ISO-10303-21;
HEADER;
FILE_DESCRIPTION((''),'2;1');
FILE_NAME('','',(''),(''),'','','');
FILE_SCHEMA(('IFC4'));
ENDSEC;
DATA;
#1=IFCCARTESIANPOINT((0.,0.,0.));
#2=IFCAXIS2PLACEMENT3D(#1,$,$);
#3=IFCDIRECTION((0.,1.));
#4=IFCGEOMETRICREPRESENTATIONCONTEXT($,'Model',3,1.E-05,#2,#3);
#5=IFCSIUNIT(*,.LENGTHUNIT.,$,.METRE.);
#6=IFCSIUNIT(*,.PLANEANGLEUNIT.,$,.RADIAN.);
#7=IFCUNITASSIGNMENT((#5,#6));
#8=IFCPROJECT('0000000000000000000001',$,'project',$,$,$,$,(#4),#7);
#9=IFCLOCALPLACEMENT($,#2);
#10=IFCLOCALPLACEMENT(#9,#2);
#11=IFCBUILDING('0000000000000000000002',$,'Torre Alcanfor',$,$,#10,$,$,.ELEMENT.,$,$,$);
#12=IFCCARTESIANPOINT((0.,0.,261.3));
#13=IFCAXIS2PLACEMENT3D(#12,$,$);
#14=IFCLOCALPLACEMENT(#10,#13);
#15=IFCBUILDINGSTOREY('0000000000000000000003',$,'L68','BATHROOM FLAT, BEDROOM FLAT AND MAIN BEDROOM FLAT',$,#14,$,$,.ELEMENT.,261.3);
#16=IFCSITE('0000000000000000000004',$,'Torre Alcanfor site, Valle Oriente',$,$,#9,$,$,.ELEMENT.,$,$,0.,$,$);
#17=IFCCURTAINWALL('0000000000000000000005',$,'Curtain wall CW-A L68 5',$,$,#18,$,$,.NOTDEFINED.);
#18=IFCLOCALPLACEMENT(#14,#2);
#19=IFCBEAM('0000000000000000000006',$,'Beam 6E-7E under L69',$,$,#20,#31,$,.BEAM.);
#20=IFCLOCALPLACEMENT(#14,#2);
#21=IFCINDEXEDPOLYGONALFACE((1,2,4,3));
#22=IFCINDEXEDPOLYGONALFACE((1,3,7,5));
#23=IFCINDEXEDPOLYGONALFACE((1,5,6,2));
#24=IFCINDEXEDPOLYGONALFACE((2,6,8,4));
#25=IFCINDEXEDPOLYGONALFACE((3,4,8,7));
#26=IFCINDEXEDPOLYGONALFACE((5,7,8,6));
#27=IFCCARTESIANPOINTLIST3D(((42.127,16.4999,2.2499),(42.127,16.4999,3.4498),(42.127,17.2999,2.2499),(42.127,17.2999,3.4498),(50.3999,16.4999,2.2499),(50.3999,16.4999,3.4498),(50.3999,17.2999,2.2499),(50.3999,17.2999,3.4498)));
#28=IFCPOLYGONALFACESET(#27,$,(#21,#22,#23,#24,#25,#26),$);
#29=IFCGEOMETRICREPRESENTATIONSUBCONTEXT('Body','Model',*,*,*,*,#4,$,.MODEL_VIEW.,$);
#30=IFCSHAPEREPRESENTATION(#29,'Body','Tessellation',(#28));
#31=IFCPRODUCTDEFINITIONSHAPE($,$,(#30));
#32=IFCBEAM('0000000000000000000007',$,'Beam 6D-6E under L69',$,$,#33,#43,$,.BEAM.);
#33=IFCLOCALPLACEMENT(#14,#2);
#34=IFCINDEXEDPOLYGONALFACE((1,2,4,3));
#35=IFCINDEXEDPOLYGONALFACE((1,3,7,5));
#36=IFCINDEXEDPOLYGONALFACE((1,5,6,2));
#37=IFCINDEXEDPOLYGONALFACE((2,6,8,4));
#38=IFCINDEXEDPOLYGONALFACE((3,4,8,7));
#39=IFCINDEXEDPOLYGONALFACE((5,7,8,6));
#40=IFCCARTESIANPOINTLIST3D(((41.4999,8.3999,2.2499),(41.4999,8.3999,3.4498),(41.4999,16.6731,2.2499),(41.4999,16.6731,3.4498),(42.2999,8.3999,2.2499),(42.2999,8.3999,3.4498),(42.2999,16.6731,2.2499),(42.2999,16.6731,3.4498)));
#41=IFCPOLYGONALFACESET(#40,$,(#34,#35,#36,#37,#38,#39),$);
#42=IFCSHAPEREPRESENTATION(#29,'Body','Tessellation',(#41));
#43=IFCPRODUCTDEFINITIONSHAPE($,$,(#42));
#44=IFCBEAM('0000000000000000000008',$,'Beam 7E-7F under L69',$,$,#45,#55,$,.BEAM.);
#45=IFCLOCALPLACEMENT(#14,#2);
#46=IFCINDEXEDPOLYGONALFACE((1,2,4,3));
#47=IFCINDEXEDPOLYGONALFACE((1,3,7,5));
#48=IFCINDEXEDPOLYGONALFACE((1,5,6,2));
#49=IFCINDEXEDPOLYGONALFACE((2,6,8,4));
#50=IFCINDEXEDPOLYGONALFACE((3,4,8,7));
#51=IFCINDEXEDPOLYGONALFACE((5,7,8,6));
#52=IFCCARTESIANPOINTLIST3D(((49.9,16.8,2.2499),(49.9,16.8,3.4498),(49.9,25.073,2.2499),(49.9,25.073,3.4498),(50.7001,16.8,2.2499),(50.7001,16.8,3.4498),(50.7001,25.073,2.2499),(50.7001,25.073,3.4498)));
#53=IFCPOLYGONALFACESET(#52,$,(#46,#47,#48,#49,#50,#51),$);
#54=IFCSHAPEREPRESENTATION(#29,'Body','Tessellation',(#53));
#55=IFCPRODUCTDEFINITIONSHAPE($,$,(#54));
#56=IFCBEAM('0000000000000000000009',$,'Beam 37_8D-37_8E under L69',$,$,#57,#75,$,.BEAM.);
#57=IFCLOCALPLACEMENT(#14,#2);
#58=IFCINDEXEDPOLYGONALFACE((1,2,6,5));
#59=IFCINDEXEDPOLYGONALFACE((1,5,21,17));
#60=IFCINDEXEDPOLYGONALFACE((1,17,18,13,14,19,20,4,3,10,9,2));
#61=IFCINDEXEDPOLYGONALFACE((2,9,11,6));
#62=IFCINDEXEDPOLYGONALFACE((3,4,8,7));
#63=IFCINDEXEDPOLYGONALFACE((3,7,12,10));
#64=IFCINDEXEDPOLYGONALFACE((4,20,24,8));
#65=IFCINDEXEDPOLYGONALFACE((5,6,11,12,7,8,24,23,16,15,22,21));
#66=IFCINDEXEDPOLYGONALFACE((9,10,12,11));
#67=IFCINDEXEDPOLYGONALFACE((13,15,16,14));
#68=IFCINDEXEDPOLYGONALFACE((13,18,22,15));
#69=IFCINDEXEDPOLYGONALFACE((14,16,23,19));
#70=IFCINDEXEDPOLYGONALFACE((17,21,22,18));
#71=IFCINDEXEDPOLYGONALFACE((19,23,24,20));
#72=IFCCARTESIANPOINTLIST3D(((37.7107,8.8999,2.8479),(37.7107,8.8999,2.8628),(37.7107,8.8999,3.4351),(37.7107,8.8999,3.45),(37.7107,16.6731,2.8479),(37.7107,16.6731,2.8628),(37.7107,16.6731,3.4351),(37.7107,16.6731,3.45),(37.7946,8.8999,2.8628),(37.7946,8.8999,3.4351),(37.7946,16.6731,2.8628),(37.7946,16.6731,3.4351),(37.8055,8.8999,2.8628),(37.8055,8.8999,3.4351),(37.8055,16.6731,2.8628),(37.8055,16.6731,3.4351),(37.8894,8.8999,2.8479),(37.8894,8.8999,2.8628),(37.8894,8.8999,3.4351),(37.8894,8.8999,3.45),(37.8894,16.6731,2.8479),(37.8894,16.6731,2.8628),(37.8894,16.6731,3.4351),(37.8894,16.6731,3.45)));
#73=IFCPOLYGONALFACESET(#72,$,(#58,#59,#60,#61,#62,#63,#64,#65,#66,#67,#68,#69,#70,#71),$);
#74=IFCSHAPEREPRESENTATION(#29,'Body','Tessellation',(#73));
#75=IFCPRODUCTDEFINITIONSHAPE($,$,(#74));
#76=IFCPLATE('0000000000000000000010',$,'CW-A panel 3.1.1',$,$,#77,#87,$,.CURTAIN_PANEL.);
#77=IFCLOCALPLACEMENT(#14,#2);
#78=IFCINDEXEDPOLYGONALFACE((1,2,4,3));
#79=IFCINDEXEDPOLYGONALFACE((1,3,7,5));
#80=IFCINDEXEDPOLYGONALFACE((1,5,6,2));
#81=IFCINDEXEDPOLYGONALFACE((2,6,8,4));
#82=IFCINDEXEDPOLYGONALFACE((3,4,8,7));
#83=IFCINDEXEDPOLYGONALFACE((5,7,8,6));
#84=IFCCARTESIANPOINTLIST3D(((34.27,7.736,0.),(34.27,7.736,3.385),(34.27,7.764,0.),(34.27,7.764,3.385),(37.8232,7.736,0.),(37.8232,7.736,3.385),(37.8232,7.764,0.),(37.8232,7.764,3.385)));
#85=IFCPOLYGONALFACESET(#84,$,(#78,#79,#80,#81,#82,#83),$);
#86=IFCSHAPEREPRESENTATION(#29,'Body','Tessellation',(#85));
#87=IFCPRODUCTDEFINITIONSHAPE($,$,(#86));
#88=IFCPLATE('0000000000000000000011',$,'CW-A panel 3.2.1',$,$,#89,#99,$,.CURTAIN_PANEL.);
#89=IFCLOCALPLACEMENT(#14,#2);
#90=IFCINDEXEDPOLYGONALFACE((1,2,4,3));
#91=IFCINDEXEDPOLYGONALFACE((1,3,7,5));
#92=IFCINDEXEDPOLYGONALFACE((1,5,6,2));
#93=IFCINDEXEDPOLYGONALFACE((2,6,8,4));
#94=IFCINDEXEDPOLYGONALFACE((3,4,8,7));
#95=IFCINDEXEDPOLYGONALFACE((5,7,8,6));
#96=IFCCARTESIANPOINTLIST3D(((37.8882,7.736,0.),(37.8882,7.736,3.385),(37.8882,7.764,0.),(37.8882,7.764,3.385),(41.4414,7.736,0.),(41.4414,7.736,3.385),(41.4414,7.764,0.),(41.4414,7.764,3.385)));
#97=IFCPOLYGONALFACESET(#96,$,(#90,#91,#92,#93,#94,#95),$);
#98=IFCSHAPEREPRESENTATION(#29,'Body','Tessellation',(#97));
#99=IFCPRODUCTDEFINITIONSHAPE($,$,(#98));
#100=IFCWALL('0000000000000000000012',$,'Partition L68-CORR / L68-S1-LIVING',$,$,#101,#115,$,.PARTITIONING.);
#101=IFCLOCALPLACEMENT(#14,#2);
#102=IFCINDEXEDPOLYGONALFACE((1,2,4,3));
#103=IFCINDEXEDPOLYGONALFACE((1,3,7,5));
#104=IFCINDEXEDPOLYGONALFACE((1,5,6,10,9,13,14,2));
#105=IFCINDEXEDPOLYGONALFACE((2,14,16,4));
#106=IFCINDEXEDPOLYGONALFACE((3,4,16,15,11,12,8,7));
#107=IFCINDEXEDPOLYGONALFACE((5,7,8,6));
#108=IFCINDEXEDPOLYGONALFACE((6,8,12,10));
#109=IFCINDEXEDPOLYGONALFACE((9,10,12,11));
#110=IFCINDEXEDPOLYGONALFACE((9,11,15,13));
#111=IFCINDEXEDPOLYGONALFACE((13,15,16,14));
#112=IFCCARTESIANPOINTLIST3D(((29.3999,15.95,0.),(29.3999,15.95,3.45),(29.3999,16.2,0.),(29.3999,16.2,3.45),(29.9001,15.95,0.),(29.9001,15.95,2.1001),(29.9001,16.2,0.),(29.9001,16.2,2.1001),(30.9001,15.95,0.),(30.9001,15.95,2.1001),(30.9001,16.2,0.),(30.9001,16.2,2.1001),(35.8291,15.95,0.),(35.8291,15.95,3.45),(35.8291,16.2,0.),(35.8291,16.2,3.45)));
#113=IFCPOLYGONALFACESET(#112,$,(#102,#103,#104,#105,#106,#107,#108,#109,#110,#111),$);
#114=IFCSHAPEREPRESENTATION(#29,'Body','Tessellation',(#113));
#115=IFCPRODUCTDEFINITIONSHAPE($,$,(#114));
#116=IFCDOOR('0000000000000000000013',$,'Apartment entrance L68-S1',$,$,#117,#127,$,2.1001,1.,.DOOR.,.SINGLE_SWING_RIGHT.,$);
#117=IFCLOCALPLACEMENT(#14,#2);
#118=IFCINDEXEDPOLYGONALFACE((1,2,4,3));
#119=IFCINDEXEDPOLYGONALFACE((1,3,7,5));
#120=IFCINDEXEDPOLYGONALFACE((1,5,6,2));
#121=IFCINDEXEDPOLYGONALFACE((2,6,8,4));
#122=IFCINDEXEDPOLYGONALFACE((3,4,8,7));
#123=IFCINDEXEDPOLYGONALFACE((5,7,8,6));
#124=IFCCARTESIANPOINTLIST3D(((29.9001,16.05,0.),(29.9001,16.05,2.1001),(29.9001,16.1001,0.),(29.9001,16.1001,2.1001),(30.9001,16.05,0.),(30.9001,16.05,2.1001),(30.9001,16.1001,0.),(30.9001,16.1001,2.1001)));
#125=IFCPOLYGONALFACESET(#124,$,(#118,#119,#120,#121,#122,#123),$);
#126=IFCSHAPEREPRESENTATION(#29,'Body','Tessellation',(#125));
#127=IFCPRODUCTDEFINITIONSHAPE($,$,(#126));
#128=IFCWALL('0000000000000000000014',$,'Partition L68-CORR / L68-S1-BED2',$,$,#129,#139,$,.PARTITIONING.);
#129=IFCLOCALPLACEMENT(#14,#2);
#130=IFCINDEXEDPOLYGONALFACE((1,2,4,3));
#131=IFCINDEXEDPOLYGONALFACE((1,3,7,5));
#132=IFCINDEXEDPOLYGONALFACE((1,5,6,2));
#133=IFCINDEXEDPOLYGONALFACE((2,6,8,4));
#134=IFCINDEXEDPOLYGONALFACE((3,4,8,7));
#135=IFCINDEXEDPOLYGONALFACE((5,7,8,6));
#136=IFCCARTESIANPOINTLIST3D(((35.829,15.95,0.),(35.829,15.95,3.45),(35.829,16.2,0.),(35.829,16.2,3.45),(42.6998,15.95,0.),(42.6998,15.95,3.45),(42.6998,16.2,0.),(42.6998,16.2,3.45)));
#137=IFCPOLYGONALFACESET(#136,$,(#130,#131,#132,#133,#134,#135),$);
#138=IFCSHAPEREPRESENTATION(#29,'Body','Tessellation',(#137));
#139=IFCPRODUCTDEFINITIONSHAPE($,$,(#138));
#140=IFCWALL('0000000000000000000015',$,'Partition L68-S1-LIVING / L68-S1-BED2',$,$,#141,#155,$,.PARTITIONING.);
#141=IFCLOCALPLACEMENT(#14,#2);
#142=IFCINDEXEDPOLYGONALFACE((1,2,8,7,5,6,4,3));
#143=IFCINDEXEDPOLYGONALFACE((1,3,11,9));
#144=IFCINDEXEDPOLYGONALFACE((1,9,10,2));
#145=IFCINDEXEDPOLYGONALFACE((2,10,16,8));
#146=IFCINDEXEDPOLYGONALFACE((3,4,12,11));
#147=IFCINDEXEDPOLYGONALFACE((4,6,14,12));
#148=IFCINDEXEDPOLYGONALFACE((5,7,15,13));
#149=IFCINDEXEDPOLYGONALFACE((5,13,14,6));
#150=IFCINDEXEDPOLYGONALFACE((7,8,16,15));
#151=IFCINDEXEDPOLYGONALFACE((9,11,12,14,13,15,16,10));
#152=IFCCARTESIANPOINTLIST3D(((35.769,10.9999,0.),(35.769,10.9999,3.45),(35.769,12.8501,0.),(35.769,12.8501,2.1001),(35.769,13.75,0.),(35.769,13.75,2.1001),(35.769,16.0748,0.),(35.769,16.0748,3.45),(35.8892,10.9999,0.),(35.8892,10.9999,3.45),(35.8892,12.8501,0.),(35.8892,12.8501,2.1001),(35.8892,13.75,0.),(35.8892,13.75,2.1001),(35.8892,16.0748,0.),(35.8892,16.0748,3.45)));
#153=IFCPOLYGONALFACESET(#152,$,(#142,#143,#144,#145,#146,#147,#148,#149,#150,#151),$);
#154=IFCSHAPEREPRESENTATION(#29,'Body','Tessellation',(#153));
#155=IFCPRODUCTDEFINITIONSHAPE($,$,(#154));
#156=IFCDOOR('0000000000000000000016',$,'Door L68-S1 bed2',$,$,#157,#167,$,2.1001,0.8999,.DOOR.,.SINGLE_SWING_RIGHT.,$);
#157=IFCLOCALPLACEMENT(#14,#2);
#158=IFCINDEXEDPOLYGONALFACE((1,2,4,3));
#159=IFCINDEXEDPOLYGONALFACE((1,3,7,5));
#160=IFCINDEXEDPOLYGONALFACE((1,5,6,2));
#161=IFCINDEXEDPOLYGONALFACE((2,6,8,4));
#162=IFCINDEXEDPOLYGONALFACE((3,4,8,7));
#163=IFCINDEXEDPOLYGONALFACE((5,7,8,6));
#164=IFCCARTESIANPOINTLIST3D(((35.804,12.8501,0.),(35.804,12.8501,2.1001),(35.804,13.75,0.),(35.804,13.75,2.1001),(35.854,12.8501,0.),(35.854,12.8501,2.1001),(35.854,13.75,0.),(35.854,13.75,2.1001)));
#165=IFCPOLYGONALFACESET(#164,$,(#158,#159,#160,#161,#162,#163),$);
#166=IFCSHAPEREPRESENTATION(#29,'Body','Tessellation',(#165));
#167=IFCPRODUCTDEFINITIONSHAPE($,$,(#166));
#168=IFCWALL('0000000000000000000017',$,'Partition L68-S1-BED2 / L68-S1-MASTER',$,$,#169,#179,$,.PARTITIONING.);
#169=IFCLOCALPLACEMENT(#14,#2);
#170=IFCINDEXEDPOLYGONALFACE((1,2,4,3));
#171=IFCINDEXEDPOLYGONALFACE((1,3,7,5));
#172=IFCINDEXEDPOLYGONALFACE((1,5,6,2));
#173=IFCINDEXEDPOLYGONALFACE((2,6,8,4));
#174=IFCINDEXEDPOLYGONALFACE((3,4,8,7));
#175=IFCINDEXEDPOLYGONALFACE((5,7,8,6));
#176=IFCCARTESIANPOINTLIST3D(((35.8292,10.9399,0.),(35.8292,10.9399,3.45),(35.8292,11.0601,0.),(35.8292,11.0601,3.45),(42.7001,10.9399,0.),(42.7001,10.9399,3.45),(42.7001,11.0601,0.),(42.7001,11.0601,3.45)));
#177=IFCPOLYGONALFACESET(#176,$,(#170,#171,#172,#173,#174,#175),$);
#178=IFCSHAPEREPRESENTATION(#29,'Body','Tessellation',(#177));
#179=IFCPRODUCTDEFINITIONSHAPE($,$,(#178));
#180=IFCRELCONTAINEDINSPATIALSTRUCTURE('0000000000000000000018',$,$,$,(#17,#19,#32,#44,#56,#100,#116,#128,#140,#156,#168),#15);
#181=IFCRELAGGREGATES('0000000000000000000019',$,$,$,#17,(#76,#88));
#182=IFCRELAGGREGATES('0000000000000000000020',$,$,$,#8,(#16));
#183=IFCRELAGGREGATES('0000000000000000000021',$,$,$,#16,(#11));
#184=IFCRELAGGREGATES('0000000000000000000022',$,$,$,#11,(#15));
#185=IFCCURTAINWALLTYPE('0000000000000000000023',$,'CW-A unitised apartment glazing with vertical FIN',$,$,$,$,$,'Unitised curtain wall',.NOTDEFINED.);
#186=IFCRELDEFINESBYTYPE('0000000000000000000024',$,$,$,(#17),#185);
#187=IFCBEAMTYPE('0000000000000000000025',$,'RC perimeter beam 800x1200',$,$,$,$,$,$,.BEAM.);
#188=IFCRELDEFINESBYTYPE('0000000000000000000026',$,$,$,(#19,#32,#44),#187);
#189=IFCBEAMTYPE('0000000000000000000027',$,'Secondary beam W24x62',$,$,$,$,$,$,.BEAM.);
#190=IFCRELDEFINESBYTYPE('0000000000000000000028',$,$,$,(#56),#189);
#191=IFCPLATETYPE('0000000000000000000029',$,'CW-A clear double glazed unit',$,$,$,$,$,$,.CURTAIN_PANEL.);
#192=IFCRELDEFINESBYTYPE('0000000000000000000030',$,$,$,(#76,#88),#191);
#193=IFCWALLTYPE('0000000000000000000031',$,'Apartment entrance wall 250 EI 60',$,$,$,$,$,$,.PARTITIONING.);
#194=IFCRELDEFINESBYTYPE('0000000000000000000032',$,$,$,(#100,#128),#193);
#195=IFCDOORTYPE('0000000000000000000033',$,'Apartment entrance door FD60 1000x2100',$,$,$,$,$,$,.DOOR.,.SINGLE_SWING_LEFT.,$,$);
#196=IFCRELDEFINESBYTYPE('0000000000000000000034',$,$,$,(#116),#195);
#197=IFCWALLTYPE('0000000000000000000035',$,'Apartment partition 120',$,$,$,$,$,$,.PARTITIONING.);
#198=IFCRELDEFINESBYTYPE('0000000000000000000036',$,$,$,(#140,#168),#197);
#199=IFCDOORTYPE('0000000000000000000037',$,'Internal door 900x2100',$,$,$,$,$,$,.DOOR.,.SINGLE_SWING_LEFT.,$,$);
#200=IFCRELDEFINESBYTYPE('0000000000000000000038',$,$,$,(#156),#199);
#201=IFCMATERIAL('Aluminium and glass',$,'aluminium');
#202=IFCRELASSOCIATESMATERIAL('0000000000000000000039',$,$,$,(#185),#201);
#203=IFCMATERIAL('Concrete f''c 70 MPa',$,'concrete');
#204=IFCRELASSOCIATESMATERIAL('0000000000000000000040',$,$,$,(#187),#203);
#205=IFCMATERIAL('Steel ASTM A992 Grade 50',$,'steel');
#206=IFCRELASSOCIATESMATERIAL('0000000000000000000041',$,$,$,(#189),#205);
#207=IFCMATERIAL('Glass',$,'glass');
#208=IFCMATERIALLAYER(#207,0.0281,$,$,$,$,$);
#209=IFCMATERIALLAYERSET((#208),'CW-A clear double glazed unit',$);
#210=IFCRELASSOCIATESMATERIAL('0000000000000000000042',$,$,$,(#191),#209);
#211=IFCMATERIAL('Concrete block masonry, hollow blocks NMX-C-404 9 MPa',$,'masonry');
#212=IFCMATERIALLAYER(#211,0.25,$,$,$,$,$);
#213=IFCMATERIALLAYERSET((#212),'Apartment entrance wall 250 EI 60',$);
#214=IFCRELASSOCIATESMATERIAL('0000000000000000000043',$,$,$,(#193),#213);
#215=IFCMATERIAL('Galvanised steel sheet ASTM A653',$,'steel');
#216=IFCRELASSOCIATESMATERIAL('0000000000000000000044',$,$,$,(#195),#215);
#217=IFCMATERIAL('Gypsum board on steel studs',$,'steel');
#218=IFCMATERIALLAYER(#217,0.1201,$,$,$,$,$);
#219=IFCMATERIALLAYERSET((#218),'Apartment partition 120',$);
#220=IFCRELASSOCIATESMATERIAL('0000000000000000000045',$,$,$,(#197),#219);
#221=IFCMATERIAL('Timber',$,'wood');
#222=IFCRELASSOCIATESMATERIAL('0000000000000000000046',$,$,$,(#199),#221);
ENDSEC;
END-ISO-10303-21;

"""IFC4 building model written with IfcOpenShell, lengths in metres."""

from ifc_helpers import new_model, si_unit, direction, frame, frame_2d, origin, origin_2d, place, context, subcontext, project, spatial, rectangle, i_section, extrude, material, layer, layer_set, material_profile, profile_set, type_object, element, fill, aggregate, save


model = new_model("IFC4")

# Units and contexts
model_context = context("Model", 3, precision=1e-05, world=origin(), true_north=direction((0.0, 1.0)))
body_context = subcontext(model_context, "Body", "Model", "MODEL_VIEW")
ifc_project = project(units=[si_unit("LENGTHUNIT", "METRE"), si_unit("PLANEANGLEUNIT", "RADIAN")], contexts=[model_context])

# Site, building, storey
site_placement = place(None, origin())
site = spatial("IfcSite", under=ifc_project, at=site_placement, Name="Torre Alcanfor site, Valle Oriente", CompositionType="ELEMENT", RefElevation=0.0)
building_placement = place(site_placement, origin())
building = spatial("IfcBuilding", under=site, at=building_placement, Name="Torre Alcanfor", CompositionType="ELEMENT")
storey_placement = place(building_placement, frame((0.0, 0.0, 261.3)))
storey = spatial("IfcBuildingStorey", under=building, at=storey_placement, Name="L68", Description="BATHROOM FLAT, BEDROOM FLAT AND MAIN BEDROOM FLAT", CompositionType="ELEMENT", Elevation=261.3)

# Curtain wall
ifc_material_1 = material(Name="Aluminium and glass", Category="aluminium")
curtain_wall_type = type_object("IfcCurtainWallType", Name="CW-A unitised apartment glazing with vertical FIN", ElementType="Unitised curtain wall", PredefinedType="NOTDEFINED", material=ifc_material_1)
curtain_wall_placement = place(storey_placement, origin())
curtain_wall = element("IfcCurtainWall", 1, at=curtain_wall_placement, inside=storey, type_object=curtain_wall_type, Name="Curtain wall CW-A L68 5", PredefinedType="NOTDEFINED")

# Beams
ifc_material_2 = material(Name="Concrete f'c 70 MPa", Category="concrete")
ifc_material_profile_1 = material_profile(ifc_material_2, rectangle(XDim=0.8, YDim=1.2, at=origin_2d()), Name="800x1200")
ifc_profile_set_1 = profile_set([ifc_material_profile_1], Name="Concrete f'c 70 MPa")
beam_type_1 = type_object("IfcBeamType", Name="RC perimeter beam 800x1200", PredefinedType="BEAM", material=ifc_profile_set_1)
beam_1_placement = place(storey_placement, frame((42.127, 16.8999, 2.8499), z_axis=(1.0, 0.0, 0.0), x_axis=(0.0, 1.0, 0.0)))
element("IfcBeam", 2, at=beam_1_placement, inside=storey, type_object=beam_type_1, Name="Beam 6E-7E under L69", PredefinedType="BEAM", context=body_context, shape_type="SweptSolid", body=[
    extrude(rectangle(XDim=0.8, YDim=1.2, at=origin_2d()), origin(), (0.0, 0.0, 1.0), 8.2729),
])
beam_2_placement = place(storey_placement, frame((41.8999, 8.3999, 2.8499), z_axis=(0.0, 1.0, 0.0), x_axis=(-1.0, 0.0, 0.0)))
element("IfcBeam", 3, at=beam_2_placement, inside=storey, type_object=beam_type_1, Name="Beam 6D-6E under L69", PredefinedType="BEAM", context=body_context, shape_type="SweptSolid", body=[
    extrude(rectangle(XDim=0.8, YDim=1.2, at=origin_2d()), origin(), (0.0, 0.0, 1.0), 8.2732),
])
beam_3_placement = place(storey_placement, frame((50.3, 16.8, 2.8499), z_axis=(0.0, 1.0, 0.0), x_axis=(-1.0, 0.0, 0.0)))
element("IfcBeam", 4, at=beam_3_placement, inside=storey, type_object=beam_type_1, Name="Beam 7E-7F under L69", PredefinedType="BEAM", context=body_context, shape_type="SweptSolid", body=[
    extrude(rectangle(XDim=0.8, YDim=1.2, at=origin_2d()), origin(), (0.0, 0.0, 1.0), 8.2729),
])
ifc_material_3 = material(Name="Steel ASTM A992 Grade 50", Category="steel")
ifc_material_profile_2 = material_profile(ifc_material_3, i_section(OverallWidth=0.1787, OverallDepth=0.6021, WebThickness=0.011, FlangeThickness=0.0149, at=origin_2d()), Name="W24x62")
ifc_profile_set_2 = profile_set([ifc_material_profile_2], Name="Steel ASTM A992 Grade 50")
beam_type_2 = type_object("IfcBeamType", Name="Secondary beam W24x62", PredefinedType="BEAM", material=ifc_profile_set_2)
beam_4_placement = place(storey_placement, frame((37.8, 8.8999, 3.1489), z_axis=(0.0, 1.0, 0.0), x_axis=(-1.0, 0.0, 0.0)))
element("IfcBeam", 5, at=beam_4_placement, inside=storey, type_object=beam_type_2, Name="Beam 37_8D-37_8E under L69", PredefinedType="BEAM", context=body_context, shape_type="SweptSolid", body=[
    extrude(i_section(OverallWidth=0.1787, OverallDepth=0.6021, WebThickness=0.011, FlangeThickness=0.0149, at=origin_2d()), origin(), (0.0, 0.0, 1.0), 7.7732),
])

# Plates
ifc_material_4 = material(Name="Glass", Category="glass")
ifc_layer_1 = layer(ifc_material_4, 0.0281)
ifc_layer_set_1 = layer_set([ifc_layer_1], Name="CW-A clear double glazed unit")
plate_type = type_object("IfcPlateType", Name="CW-A clear double glazed unit", PredefinedType="CURTAIN_PANEL", material=ifc_layer_set_1)
plate_1_placement = place(storey_placement, frame((36.0466, 7.75, 0.0), z_axis=(0.0, 0.0, 1.0), x_axis=(1.0, 0.0, 0.0)))
plate_1 = element("IfcPlate", 6, at=plate_1_placement, type_object=plate_type, Name="CW-A panel 3.1.1", PredefinedType="CURTAIN_PANEL", context=body_context, shape_type="SweptSolid", body=[
    extrude(rectangle(XDim=3.5532, YDim=0.0281, at=origin_2d()), origin(), (0.0, 0.0, 1.0), 3.385),
])
plate_2_placement = place(storey_placement, frame((39.6648, 7.75, 0.0), z_axis=(0.0, 0.0, 1.0), x_axis=(1.0, 0.0, 0.0)))
plate_2 = element("IfcPlate", 7, at=plate_2_placement, type_object=plate_type, Name="CW-A panel 3.2.1", PredefinedType="CURTAIN_PANEL", context=body_context, shape_type="SweptSolid", body=[
    extrude(rectangle(XDim=3.5532, YDim=0.0281, at=origin_2d()), origin(), (0.0, 0.0, 1.0), 3.385),
])
aggregate(curtain_wall, [plate_1, plate_2])

# Wall, opening, door
ifc_material_5 = material(Name="Concrete block masonry, hollow blocks NMX-C-404 9 MPa", Category="masonry")
ifc_layer_2 = layer(ifc_material_5, 0.25)
ifc_layer_set_2 = layer_set([ifc_layer_2], Name="Apartment entrance wall 250 EI 60")
wall_type_1 = type_object("IfcWallType", Name="Apartment entrance wall 250 EI 60", PredefinedType="PARTITIONING", material=ifc_layer_set_2)
wall_1_placement = place(storey_placement, frame((35.8291, 16.075, 0.0), z_axis=(0.0, 0.0, 1.0), x_axis=(-1.0, 0.0, 0.0)))
wall_1 = element("IfcWall", 8, at=wall_1_placement, inside=storey, type_object=wall_type_1, Name="Partition L68-CORR / L68-S1-LIVING", PredefinedType="PARTITIONING", context=body_context, shape_type="SweptSolid", body=[
    extrude(rectangle(XDim=6.4292, YDim=0.25, at=frame_2d((3.2146, 0.0))), origin(), (0.0, 0.0, 1.0), 3.45),
])
opening_1_placement = place(wall_1_placement, frame((4.929, 0.0, 0.0)))
opening_1 = element("IfcOpeningElement", 9, at=opening_1_placement, cuts=wall_1, PredefinedType="OPENING", context=body_context, shape_type="SweptSolid", body=[
    extrude(rectangle(XDim=1.0, YDim=2.1001, at=frame_2d((0.5, 1.05))), frame((0.0, 0.135, 0.0), z_axis=(0.0, -1.0, 0.0), x_axis=(1.0, 0.0, 0.0)), (0.0, 0.0, 1.0), 0.27),
])
ifc_material_6 = material(Name="Galvanised steel sheet ASTM A653", Category="steel")
door_type_1 = type_object("IfcDoorType", Name="Apartment entrance door FD60 1000x2100", OperationType="SINGLE_SWING_LEFT", PredefinedType="DOOR", material=ifc_material_6)
door_1_placement = place(opening_1_placement, origin())
door_1 = element("IfcDoor", 10, at=door_1_placement, inside=storey, type_object=door_type_1, Name="Apartment entrance L68-S1", OperationType="SINGLE_SWING_RIGHT", OverallHeight=2.1001, OverallWidth=1.0, PredefinedType="DOOR", context=body_context, shape_type="SweptSolid", body=[
    extrude(rectangle(XDim=1.0, YDim=2.1001, at=frame_2d((0.5, 1.05))), frame((0.0, 0.0249, 0.0), z_axis=(0.0, -1.0, 0.0), x_axis=(1.0, 0.0, 0.0)), (0.0, 0.0, 1.0), 0.05),
])
fill(opening_1, door_1)

# Wall
wall_2_placement = place(storey_placement, frame((42.7, 16.075, 0.0), z_axis=(0.0, 0.0, 1.0), x_axis=(-1.0, 0.0, 0.0)))
element("IfcWall", 11, at=wall_2_placement, inside=storey, type_object=wall_type_1, Name="Partition L68-CORR / L68-S1-BED2", PredefinedType="PARTITIONING", context=body_context, shape_type="SweptSolid", body=[
    extrude(rectangle(XDim=6.8708, YDim=0.25, at=frame_2d((3.4355, 0.0))), origin(), (0.0, 0.0, 1.0), 3.45),
])

# Wall, opening, door
ifc_material_7 = material(Name="Gypsum board on steel studs", Category="steel")
ifc_layer_3 = layer(ifc_material_7, 0.1201)
ifc_layer_set_3 = layer_set([ifc_layer_3], Name="Apartment partition 120")
wall_type_2 = type_object("IfcWallType", Name="Apartment partition 120", PredefinedType="PARTITIONING", material=ifc_layer_set_3)
wall_3_placement = place(storey_placement, frame((35.8291, 16.075, 0.0), z_axis=(0.0, 0.0, 1.0), x_axis=(0.0, -1.0, 0.0)))
wall_3 = element("IfcWall", 12, at=wall_3_placement, inside=storey, type_object=wall_type_2, Name="Partition L68-S1-LIVING / L68-S1-BED2", PredefinedType="PARTITIONING", context=body_context, shape_type="SweptSolid", body=[
    extrude(rectangle(XDim=5.075, YDim=0.1201, at=frame_2d((2.5376, 0.0))), origin(), (0.0, 0.0, 1.0), 3.45),
])
opening_2_placement = place(wall_3_placement, frame((2.325, 0.0, 0.0)))
opening_2 = element("IfcOpeningElement", 13, at=opening_2_placement, cuts=wall_3, PredefinedType="OPENING", context=body_context, shape_type="SweptSolid", body=[
    extrude(rectangle(XDim=0.8999, YDim=2.1001, at=frame_2d((0.45, 1.05))), frame((0.0, 0.0701, 0.0), z_axis=(0.0, -1.0, 0.0), x_axis=(1.0, 0.0, 0.0)), (0.0, 0.0, 1.0), 0.1401),
])
ifc_material_8 = material(Name="Timber", Category="wood")
door_type_2 = type_object("IfcDoorType", Name="Internal door 900x2100", OperationType="SINGLE_SWING_LEFT", PredefinedType="DOOR", material=ifc_material_8)
door_2_placement = place(opening_2_placement, origin())
door_2 = element("IfcDoor", 14, at=door_2_placement, inside=storey, type_object=door_type_2, Name="Door L68-S1 bed2", OperationType="SINGLE_SWING_RIGHT", OverallHeight=2.1001, OverallWidth=0.8999, PredefinedType="DOOR", context=body_context, shape_type="SweptSolid", body=[
    extrude(rectangle(XDim=0.8999, YDim=2.1001, at=frame_2d((0.45, 1.05))), frame((0.0, 0.0249, 0.0), z_axis=(0.0, -1.0, 0.0), x_axis=(1.0, 0.0, 0.0)), (0.0, 0.0, 1.0), 0.05),
])
fill(opening_2, door_2)

# Wall
wall_4_placement = place(storey_placement, frame((35.8291, 11.0, 0.0), z_axis=(0.0, 0.0, 1.0), x_axis=(1.0, 0.0, 0.0)))
element("IfcWall", 15, at=wall_4_placement, inside=storey, type_object=wall_type_2, Name="Partition L68-S1-BED2 / L68-S1-MASTER", PredefinedType="PARTITIONING", context=body_context, shape_type="SweptSolid", body=[
    extrude(rectangle(XDim=6.8708, YDim=0.1201, at=frame_2d((3.4355, 0.0))), origin(), (0.0, 0.0, 1.0), 3.45),
])

save(model, "model.ifc")
